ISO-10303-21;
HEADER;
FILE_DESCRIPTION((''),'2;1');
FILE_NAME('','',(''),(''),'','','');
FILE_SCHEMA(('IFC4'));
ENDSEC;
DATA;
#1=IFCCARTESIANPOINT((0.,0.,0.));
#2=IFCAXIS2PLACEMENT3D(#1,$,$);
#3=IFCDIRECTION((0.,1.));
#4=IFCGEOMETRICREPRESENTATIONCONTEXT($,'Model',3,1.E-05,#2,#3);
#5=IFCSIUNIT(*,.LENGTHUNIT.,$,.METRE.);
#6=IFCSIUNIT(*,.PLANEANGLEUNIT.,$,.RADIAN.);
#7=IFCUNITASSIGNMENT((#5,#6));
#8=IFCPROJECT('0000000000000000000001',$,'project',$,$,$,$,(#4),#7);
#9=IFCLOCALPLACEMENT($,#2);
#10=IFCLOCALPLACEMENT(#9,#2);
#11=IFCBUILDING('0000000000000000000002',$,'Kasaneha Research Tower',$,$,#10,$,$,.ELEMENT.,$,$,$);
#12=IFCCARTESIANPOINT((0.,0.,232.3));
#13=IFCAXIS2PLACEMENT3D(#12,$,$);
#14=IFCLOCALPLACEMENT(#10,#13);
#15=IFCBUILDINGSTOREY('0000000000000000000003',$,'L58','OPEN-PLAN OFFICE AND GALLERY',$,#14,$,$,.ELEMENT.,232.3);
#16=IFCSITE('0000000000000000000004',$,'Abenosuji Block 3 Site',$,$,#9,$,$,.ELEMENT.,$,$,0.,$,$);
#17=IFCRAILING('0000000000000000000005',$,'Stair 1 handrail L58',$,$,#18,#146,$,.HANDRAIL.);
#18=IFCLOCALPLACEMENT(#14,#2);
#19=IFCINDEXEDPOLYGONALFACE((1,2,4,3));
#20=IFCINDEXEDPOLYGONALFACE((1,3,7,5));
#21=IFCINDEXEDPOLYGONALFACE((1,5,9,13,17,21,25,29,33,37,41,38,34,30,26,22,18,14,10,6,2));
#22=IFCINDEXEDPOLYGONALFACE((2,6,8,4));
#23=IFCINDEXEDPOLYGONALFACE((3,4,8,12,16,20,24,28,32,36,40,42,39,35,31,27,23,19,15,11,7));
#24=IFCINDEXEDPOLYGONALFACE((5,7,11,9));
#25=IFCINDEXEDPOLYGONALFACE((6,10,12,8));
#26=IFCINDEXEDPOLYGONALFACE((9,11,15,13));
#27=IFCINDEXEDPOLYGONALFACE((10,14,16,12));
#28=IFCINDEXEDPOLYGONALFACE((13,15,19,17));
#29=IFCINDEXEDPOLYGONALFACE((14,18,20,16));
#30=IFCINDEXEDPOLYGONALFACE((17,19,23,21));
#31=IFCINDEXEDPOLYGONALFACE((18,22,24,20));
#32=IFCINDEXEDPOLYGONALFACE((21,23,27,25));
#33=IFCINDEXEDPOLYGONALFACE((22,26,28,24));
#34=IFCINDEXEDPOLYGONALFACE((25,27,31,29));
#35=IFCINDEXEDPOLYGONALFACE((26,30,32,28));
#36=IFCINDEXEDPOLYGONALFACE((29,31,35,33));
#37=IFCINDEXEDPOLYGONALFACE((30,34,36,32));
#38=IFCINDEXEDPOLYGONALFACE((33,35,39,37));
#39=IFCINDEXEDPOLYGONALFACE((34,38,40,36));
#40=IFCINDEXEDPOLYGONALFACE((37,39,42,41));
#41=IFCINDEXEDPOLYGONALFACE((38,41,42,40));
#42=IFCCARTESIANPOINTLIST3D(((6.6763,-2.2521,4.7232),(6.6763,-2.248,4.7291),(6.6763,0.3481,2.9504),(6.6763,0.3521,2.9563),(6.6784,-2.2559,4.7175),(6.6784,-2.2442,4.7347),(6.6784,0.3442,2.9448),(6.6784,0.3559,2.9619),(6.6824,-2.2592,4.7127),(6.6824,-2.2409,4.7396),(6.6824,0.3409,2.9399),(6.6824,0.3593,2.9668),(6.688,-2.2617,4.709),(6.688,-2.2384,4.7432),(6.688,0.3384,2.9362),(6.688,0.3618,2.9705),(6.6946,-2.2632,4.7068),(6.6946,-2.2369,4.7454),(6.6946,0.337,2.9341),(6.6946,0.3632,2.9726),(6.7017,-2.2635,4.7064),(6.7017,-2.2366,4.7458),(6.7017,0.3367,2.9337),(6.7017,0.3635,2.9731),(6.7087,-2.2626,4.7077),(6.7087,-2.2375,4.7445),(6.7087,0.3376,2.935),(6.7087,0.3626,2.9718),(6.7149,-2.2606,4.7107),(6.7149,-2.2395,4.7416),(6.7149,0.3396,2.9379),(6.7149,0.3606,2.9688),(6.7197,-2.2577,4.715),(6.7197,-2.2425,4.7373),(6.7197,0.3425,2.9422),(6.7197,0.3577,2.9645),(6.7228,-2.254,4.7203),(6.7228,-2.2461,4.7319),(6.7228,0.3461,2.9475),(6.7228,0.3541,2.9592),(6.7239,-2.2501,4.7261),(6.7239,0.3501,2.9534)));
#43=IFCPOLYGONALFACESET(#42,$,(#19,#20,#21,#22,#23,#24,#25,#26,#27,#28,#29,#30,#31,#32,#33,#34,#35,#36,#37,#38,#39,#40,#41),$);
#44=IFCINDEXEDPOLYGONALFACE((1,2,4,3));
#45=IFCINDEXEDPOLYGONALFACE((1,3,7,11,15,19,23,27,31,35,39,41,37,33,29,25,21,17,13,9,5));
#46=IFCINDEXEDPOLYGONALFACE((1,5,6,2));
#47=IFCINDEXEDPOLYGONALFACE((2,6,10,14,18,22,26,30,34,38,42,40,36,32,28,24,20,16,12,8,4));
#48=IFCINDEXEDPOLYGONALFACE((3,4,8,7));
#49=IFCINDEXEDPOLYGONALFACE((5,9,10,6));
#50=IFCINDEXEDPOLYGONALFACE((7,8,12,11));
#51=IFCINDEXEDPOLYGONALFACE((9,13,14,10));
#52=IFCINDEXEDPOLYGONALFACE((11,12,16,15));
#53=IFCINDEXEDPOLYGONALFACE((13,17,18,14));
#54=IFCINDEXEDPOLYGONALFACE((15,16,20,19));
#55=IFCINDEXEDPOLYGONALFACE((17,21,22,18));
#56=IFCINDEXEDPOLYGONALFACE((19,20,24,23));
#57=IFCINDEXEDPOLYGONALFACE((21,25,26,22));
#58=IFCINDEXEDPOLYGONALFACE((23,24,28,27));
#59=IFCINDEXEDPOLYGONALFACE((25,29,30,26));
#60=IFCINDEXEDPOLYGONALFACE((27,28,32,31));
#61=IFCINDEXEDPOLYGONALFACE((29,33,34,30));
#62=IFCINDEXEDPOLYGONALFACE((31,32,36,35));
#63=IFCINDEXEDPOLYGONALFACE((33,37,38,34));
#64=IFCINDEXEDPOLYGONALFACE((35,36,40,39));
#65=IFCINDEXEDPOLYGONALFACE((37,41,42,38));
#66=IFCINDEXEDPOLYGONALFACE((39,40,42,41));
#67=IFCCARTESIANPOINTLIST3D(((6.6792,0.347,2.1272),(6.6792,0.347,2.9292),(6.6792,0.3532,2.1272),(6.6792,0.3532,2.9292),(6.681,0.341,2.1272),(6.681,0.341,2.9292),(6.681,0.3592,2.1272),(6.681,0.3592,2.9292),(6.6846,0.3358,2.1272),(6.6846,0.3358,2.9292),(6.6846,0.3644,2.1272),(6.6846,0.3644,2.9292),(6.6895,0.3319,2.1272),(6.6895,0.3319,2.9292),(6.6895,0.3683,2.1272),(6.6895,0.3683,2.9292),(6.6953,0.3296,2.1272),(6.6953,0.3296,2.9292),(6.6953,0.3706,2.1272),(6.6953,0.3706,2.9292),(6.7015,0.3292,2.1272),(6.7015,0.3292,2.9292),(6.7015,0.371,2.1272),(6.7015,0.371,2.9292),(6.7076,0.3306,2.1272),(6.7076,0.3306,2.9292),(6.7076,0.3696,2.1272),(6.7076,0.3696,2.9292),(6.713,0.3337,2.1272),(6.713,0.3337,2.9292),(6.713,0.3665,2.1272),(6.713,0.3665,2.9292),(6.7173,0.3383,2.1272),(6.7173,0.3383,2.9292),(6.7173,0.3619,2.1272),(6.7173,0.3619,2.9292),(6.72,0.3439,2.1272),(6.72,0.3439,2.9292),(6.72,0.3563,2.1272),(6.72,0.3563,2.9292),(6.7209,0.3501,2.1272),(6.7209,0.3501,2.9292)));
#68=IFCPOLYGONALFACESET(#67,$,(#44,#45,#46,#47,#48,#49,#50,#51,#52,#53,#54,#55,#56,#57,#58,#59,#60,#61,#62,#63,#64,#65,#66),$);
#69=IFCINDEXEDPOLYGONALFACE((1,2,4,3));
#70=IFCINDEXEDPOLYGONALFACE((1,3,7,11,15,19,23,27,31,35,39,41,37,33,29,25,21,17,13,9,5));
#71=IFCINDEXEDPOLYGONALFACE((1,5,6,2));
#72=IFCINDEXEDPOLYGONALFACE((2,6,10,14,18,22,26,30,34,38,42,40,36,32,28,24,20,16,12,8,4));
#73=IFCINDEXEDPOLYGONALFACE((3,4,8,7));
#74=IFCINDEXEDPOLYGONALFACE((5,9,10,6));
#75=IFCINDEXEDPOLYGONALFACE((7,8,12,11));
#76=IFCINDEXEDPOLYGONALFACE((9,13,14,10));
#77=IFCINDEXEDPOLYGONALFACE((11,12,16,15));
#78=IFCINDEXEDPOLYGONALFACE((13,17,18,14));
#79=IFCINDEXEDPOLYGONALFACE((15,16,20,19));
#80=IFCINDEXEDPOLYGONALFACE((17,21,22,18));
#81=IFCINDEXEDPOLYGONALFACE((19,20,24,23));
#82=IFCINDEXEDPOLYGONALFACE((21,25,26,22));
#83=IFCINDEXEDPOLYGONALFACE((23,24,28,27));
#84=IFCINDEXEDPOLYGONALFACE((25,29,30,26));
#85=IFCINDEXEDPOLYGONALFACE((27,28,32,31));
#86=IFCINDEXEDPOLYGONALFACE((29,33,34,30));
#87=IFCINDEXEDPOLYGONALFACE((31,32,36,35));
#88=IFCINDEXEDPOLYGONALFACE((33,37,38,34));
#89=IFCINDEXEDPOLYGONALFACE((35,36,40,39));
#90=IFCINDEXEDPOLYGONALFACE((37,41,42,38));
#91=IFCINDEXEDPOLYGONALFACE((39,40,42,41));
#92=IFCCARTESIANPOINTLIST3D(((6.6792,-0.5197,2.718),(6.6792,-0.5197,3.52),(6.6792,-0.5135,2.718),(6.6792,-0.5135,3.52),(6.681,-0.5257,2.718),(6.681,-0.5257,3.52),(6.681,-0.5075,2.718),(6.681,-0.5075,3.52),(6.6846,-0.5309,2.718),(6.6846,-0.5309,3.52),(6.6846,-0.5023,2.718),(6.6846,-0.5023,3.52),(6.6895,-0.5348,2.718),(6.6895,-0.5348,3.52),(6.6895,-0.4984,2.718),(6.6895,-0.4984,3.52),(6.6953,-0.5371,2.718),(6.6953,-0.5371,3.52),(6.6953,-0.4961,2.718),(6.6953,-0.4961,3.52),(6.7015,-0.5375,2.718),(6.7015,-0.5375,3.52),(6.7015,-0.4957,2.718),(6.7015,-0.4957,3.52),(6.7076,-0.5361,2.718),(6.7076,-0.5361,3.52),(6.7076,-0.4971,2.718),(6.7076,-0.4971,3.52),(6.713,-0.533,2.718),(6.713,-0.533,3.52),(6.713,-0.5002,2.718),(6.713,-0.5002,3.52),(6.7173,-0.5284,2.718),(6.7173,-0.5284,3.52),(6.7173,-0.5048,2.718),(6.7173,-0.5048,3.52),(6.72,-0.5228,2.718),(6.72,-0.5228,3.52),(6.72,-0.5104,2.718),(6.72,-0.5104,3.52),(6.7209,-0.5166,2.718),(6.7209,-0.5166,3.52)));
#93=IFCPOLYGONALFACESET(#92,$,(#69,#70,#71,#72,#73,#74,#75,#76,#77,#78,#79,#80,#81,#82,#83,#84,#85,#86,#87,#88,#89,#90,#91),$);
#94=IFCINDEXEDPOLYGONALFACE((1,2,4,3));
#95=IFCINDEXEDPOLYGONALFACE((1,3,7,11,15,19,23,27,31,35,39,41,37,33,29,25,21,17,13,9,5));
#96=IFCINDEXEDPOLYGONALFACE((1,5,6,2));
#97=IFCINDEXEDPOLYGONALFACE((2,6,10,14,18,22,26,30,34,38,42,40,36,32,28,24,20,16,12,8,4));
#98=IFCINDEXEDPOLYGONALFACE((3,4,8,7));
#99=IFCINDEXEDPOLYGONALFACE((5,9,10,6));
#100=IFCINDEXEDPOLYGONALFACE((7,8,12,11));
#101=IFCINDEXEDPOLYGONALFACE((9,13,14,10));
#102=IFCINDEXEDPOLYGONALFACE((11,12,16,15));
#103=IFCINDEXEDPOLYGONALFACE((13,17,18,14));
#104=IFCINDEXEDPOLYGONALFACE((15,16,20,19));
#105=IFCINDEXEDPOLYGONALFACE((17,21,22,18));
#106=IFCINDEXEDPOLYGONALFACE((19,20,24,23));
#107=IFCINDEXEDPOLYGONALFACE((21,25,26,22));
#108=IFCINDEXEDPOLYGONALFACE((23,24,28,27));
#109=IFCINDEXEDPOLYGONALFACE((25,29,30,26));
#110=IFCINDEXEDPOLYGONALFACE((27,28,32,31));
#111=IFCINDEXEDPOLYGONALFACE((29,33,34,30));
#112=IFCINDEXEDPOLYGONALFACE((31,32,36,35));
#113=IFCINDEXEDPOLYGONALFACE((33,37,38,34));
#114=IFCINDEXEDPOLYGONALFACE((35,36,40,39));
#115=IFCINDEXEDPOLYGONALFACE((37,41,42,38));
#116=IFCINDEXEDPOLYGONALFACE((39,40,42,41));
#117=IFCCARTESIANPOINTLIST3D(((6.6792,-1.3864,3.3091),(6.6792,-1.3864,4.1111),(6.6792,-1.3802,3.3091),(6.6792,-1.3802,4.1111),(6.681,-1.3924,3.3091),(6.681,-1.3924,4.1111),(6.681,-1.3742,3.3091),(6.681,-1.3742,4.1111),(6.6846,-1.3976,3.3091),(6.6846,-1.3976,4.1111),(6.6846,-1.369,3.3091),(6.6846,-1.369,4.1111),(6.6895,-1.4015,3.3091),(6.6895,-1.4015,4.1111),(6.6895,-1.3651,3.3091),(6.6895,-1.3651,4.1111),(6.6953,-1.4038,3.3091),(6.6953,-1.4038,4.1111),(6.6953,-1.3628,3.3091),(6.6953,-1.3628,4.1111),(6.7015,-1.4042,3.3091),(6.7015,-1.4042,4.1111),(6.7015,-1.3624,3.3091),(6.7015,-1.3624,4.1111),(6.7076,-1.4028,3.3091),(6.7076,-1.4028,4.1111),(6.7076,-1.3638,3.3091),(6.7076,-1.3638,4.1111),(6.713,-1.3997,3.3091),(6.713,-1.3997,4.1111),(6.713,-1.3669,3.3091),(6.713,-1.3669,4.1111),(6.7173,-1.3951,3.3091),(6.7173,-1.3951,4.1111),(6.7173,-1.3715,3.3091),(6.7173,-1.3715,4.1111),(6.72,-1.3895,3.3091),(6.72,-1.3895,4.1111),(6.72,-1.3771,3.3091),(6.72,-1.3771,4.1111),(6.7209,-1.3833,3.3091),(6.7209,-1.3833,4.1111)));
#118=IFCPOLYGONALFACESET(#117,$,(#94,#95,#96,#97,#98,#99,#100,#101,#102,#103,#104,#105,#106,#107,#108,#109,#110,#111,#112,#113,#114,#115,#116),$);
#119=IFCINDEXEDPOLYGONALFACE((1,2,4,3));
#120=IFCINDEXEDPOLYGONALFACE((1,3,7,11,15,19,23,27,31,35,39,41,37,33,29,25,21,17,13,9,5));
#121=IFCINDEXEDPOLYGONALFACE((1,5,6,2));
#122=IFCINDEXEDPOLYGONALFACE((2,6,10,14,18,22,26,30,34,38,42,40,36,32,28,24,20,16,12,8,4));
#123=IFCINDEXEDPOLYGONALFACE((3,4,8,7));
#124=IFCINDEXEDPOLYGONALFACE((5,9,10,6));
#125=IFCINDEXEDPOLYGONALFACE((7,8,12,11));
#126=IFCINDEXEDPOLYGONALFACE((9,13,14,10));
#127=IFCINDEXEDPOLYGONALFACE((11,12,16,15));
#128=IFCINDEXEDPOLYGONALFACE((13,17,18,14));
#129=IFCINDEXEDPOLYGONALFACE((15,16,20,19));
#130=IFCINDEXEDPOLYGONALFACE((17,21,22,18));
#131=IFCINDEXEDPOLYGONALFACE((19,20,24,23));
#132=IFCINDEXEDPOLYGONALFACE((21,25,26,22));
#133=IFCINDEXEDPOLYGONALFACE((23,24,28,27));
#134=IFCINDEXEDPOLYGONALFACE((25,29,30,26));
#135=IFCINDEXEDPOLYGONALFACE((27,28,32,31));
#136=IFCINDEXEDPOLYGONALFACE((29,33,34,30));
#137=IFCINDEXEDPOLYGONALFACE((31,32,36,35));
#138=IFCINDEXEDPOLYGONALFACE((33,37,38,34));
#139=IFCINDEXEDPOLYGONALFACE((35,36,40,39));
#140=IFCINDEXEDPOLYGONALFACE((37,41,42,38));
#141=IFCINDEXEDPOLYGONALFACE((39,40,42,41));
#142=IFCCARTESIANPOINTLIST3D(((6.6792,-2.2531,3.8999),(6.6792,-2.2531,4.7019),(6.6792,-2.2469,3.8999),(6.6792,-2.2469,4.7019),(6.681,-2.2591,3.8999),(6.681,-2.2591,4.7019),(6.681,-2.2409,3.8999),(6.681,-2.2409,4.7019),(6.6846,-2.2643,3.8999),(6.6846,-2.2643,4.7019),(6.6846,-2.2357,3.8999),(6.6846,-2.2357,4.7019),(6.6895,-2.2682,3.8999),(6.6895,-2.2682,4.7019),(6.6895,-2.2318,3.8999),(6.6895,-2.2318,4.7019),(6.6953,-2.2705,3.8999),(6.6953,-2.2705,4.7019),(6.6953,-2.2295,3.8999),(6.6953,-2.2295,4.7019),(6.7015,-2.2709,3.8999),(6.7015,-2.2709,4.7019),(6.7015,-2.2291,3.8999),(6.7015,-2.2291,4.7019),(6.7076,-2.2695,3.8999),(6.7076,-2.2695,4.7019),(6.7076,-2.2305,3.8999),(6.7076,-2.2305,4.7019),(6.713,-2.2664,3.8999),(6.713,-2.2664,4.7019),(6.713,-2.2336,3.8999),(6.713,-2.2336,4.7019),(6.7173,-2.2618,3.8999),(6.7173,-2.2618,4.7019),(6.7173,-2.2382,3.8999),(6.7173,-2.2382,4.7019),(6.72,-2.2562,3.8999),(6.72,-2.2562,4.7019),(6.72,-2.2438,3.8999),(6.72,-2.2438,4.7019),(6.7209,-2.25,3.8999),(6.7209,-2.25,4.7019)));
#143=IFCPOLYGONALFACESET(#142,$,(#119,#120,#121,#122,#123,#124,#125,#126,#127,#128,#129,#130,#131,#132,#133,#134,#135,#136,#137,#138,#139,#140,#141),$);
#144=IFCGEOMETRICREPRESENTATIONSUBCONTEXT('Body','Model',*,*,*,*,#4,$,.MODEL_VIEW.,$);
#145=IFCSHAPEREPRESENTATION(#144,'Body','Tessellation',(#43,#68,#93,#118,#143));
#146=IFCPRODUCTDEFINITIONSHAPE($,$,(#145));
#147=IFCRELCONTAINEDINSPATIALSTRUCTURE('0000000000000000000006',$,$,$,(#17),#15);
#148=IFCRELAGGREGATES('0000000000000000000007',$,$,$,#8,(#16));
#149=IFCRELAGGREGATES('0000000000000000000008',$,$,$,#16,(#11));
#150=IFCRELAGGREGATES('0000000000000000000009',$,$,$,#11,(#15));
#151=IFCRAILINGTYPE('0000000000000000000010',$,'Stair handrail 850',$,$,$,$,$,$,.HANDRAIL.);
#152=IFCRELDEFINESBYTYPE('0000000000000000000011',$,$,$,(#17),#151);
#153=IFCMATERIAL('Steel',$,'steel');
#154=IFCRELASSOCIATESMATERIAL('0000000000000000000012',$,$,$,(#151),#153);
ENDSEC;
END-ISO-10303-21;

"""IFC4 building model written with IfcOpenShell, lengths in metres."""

from ifc_helpers import new_model, si_unit, direction, frame, origin, origin_2d, place, context, subcontext, project, spatial, circle, extrude, material, type_object, element, save


model = new_model("IFC4")

# Units and contexts
model_context = context("Model", 3, precision=1e-05, world=origin(), true_north=direction((0.0, 1.0)))
body_context = subcontext(model_context, "Body", "Model", "MODEL_VIEW")
ifc_project = project(units=[si_unit("LENGTHUNIT", "METRE"), si_unit("PLANEANGLEUNIT", "RADIAN")], contexts=[model_context])

# Site, building, storey
site_placement = place(None, origin())
site = spatial("IfcSite", under=ifc_project, at=site_placement, Name="Abenosuji Block 3 Site", CompositionType="ELEMENT", RefElevation=0.0)
building_placement = place(site_placement, origin())
building = spatial("IfcBuilding", under=site, at=building_placement, Name="Kasaneha Research Tower", CompositionType="ELEMENT")
storey_placement = place(building_placement, frame((0.0, 0.0, 232.3)))
storey = spatial("IfcBuildingStorey", under=building, at=storey_placement, Name="L58", Description="OPEN-PLAN OFFICE AND GALLERY", CompositionType="ELEMENT", Elevation=232.3)

# Railing
ifc_material_1 = material(Name="Steel", Category="steel")
railing_type_1 = type_object("IfcRailingType", Name="Stair handrail 850", PredefinedType="HANDRAIL", material=ifc_material_1)
railing_1_placement = place(storey_placement, frame((6.7, 0.3501, 2.1272)))
element("IfcRailing", 1, at=railing_1_placement, inside=storey, type_object=railing_type_1, Name="Stair 1 handrail L58", PredefinedType="HANDRAIL", context=body_context, shape_type="SweptSolid", body=[
    extrude(circle(Radius=0.0239, at=origin_2d()), frame((0.0, 0.0, 0.8262), z_axis=(0.0, -0.82624, 0.563318), x_axis=(1.0, 0.0, 0.0)), (0.0, 0.0, 1.0), 3.147),
    extrude(circle(Radius=0.021, at=origin_2d()), origin(), (0.0, 0.0, 1.0), 0.802),
    extrude(circle(Radius=0.021, at=origin_2d()), frame((0.0, -0.8667, 0.5908)), (0.0, 0.0, 1.0), 0.802),
    extrude(circle(Radius=0.021, at=origin_2d()), frame((0.0, -1.7334, 1.1819)), (0.0, 0.0, 1.0), 0.802),
    extrude(circle(Radius=0.021, at=origin_2d()), frame((0.0, -2.6001, 1.7727)), (0.0, 0.0, 1.0), 0.802),
])

save(model, "model.ifc")
